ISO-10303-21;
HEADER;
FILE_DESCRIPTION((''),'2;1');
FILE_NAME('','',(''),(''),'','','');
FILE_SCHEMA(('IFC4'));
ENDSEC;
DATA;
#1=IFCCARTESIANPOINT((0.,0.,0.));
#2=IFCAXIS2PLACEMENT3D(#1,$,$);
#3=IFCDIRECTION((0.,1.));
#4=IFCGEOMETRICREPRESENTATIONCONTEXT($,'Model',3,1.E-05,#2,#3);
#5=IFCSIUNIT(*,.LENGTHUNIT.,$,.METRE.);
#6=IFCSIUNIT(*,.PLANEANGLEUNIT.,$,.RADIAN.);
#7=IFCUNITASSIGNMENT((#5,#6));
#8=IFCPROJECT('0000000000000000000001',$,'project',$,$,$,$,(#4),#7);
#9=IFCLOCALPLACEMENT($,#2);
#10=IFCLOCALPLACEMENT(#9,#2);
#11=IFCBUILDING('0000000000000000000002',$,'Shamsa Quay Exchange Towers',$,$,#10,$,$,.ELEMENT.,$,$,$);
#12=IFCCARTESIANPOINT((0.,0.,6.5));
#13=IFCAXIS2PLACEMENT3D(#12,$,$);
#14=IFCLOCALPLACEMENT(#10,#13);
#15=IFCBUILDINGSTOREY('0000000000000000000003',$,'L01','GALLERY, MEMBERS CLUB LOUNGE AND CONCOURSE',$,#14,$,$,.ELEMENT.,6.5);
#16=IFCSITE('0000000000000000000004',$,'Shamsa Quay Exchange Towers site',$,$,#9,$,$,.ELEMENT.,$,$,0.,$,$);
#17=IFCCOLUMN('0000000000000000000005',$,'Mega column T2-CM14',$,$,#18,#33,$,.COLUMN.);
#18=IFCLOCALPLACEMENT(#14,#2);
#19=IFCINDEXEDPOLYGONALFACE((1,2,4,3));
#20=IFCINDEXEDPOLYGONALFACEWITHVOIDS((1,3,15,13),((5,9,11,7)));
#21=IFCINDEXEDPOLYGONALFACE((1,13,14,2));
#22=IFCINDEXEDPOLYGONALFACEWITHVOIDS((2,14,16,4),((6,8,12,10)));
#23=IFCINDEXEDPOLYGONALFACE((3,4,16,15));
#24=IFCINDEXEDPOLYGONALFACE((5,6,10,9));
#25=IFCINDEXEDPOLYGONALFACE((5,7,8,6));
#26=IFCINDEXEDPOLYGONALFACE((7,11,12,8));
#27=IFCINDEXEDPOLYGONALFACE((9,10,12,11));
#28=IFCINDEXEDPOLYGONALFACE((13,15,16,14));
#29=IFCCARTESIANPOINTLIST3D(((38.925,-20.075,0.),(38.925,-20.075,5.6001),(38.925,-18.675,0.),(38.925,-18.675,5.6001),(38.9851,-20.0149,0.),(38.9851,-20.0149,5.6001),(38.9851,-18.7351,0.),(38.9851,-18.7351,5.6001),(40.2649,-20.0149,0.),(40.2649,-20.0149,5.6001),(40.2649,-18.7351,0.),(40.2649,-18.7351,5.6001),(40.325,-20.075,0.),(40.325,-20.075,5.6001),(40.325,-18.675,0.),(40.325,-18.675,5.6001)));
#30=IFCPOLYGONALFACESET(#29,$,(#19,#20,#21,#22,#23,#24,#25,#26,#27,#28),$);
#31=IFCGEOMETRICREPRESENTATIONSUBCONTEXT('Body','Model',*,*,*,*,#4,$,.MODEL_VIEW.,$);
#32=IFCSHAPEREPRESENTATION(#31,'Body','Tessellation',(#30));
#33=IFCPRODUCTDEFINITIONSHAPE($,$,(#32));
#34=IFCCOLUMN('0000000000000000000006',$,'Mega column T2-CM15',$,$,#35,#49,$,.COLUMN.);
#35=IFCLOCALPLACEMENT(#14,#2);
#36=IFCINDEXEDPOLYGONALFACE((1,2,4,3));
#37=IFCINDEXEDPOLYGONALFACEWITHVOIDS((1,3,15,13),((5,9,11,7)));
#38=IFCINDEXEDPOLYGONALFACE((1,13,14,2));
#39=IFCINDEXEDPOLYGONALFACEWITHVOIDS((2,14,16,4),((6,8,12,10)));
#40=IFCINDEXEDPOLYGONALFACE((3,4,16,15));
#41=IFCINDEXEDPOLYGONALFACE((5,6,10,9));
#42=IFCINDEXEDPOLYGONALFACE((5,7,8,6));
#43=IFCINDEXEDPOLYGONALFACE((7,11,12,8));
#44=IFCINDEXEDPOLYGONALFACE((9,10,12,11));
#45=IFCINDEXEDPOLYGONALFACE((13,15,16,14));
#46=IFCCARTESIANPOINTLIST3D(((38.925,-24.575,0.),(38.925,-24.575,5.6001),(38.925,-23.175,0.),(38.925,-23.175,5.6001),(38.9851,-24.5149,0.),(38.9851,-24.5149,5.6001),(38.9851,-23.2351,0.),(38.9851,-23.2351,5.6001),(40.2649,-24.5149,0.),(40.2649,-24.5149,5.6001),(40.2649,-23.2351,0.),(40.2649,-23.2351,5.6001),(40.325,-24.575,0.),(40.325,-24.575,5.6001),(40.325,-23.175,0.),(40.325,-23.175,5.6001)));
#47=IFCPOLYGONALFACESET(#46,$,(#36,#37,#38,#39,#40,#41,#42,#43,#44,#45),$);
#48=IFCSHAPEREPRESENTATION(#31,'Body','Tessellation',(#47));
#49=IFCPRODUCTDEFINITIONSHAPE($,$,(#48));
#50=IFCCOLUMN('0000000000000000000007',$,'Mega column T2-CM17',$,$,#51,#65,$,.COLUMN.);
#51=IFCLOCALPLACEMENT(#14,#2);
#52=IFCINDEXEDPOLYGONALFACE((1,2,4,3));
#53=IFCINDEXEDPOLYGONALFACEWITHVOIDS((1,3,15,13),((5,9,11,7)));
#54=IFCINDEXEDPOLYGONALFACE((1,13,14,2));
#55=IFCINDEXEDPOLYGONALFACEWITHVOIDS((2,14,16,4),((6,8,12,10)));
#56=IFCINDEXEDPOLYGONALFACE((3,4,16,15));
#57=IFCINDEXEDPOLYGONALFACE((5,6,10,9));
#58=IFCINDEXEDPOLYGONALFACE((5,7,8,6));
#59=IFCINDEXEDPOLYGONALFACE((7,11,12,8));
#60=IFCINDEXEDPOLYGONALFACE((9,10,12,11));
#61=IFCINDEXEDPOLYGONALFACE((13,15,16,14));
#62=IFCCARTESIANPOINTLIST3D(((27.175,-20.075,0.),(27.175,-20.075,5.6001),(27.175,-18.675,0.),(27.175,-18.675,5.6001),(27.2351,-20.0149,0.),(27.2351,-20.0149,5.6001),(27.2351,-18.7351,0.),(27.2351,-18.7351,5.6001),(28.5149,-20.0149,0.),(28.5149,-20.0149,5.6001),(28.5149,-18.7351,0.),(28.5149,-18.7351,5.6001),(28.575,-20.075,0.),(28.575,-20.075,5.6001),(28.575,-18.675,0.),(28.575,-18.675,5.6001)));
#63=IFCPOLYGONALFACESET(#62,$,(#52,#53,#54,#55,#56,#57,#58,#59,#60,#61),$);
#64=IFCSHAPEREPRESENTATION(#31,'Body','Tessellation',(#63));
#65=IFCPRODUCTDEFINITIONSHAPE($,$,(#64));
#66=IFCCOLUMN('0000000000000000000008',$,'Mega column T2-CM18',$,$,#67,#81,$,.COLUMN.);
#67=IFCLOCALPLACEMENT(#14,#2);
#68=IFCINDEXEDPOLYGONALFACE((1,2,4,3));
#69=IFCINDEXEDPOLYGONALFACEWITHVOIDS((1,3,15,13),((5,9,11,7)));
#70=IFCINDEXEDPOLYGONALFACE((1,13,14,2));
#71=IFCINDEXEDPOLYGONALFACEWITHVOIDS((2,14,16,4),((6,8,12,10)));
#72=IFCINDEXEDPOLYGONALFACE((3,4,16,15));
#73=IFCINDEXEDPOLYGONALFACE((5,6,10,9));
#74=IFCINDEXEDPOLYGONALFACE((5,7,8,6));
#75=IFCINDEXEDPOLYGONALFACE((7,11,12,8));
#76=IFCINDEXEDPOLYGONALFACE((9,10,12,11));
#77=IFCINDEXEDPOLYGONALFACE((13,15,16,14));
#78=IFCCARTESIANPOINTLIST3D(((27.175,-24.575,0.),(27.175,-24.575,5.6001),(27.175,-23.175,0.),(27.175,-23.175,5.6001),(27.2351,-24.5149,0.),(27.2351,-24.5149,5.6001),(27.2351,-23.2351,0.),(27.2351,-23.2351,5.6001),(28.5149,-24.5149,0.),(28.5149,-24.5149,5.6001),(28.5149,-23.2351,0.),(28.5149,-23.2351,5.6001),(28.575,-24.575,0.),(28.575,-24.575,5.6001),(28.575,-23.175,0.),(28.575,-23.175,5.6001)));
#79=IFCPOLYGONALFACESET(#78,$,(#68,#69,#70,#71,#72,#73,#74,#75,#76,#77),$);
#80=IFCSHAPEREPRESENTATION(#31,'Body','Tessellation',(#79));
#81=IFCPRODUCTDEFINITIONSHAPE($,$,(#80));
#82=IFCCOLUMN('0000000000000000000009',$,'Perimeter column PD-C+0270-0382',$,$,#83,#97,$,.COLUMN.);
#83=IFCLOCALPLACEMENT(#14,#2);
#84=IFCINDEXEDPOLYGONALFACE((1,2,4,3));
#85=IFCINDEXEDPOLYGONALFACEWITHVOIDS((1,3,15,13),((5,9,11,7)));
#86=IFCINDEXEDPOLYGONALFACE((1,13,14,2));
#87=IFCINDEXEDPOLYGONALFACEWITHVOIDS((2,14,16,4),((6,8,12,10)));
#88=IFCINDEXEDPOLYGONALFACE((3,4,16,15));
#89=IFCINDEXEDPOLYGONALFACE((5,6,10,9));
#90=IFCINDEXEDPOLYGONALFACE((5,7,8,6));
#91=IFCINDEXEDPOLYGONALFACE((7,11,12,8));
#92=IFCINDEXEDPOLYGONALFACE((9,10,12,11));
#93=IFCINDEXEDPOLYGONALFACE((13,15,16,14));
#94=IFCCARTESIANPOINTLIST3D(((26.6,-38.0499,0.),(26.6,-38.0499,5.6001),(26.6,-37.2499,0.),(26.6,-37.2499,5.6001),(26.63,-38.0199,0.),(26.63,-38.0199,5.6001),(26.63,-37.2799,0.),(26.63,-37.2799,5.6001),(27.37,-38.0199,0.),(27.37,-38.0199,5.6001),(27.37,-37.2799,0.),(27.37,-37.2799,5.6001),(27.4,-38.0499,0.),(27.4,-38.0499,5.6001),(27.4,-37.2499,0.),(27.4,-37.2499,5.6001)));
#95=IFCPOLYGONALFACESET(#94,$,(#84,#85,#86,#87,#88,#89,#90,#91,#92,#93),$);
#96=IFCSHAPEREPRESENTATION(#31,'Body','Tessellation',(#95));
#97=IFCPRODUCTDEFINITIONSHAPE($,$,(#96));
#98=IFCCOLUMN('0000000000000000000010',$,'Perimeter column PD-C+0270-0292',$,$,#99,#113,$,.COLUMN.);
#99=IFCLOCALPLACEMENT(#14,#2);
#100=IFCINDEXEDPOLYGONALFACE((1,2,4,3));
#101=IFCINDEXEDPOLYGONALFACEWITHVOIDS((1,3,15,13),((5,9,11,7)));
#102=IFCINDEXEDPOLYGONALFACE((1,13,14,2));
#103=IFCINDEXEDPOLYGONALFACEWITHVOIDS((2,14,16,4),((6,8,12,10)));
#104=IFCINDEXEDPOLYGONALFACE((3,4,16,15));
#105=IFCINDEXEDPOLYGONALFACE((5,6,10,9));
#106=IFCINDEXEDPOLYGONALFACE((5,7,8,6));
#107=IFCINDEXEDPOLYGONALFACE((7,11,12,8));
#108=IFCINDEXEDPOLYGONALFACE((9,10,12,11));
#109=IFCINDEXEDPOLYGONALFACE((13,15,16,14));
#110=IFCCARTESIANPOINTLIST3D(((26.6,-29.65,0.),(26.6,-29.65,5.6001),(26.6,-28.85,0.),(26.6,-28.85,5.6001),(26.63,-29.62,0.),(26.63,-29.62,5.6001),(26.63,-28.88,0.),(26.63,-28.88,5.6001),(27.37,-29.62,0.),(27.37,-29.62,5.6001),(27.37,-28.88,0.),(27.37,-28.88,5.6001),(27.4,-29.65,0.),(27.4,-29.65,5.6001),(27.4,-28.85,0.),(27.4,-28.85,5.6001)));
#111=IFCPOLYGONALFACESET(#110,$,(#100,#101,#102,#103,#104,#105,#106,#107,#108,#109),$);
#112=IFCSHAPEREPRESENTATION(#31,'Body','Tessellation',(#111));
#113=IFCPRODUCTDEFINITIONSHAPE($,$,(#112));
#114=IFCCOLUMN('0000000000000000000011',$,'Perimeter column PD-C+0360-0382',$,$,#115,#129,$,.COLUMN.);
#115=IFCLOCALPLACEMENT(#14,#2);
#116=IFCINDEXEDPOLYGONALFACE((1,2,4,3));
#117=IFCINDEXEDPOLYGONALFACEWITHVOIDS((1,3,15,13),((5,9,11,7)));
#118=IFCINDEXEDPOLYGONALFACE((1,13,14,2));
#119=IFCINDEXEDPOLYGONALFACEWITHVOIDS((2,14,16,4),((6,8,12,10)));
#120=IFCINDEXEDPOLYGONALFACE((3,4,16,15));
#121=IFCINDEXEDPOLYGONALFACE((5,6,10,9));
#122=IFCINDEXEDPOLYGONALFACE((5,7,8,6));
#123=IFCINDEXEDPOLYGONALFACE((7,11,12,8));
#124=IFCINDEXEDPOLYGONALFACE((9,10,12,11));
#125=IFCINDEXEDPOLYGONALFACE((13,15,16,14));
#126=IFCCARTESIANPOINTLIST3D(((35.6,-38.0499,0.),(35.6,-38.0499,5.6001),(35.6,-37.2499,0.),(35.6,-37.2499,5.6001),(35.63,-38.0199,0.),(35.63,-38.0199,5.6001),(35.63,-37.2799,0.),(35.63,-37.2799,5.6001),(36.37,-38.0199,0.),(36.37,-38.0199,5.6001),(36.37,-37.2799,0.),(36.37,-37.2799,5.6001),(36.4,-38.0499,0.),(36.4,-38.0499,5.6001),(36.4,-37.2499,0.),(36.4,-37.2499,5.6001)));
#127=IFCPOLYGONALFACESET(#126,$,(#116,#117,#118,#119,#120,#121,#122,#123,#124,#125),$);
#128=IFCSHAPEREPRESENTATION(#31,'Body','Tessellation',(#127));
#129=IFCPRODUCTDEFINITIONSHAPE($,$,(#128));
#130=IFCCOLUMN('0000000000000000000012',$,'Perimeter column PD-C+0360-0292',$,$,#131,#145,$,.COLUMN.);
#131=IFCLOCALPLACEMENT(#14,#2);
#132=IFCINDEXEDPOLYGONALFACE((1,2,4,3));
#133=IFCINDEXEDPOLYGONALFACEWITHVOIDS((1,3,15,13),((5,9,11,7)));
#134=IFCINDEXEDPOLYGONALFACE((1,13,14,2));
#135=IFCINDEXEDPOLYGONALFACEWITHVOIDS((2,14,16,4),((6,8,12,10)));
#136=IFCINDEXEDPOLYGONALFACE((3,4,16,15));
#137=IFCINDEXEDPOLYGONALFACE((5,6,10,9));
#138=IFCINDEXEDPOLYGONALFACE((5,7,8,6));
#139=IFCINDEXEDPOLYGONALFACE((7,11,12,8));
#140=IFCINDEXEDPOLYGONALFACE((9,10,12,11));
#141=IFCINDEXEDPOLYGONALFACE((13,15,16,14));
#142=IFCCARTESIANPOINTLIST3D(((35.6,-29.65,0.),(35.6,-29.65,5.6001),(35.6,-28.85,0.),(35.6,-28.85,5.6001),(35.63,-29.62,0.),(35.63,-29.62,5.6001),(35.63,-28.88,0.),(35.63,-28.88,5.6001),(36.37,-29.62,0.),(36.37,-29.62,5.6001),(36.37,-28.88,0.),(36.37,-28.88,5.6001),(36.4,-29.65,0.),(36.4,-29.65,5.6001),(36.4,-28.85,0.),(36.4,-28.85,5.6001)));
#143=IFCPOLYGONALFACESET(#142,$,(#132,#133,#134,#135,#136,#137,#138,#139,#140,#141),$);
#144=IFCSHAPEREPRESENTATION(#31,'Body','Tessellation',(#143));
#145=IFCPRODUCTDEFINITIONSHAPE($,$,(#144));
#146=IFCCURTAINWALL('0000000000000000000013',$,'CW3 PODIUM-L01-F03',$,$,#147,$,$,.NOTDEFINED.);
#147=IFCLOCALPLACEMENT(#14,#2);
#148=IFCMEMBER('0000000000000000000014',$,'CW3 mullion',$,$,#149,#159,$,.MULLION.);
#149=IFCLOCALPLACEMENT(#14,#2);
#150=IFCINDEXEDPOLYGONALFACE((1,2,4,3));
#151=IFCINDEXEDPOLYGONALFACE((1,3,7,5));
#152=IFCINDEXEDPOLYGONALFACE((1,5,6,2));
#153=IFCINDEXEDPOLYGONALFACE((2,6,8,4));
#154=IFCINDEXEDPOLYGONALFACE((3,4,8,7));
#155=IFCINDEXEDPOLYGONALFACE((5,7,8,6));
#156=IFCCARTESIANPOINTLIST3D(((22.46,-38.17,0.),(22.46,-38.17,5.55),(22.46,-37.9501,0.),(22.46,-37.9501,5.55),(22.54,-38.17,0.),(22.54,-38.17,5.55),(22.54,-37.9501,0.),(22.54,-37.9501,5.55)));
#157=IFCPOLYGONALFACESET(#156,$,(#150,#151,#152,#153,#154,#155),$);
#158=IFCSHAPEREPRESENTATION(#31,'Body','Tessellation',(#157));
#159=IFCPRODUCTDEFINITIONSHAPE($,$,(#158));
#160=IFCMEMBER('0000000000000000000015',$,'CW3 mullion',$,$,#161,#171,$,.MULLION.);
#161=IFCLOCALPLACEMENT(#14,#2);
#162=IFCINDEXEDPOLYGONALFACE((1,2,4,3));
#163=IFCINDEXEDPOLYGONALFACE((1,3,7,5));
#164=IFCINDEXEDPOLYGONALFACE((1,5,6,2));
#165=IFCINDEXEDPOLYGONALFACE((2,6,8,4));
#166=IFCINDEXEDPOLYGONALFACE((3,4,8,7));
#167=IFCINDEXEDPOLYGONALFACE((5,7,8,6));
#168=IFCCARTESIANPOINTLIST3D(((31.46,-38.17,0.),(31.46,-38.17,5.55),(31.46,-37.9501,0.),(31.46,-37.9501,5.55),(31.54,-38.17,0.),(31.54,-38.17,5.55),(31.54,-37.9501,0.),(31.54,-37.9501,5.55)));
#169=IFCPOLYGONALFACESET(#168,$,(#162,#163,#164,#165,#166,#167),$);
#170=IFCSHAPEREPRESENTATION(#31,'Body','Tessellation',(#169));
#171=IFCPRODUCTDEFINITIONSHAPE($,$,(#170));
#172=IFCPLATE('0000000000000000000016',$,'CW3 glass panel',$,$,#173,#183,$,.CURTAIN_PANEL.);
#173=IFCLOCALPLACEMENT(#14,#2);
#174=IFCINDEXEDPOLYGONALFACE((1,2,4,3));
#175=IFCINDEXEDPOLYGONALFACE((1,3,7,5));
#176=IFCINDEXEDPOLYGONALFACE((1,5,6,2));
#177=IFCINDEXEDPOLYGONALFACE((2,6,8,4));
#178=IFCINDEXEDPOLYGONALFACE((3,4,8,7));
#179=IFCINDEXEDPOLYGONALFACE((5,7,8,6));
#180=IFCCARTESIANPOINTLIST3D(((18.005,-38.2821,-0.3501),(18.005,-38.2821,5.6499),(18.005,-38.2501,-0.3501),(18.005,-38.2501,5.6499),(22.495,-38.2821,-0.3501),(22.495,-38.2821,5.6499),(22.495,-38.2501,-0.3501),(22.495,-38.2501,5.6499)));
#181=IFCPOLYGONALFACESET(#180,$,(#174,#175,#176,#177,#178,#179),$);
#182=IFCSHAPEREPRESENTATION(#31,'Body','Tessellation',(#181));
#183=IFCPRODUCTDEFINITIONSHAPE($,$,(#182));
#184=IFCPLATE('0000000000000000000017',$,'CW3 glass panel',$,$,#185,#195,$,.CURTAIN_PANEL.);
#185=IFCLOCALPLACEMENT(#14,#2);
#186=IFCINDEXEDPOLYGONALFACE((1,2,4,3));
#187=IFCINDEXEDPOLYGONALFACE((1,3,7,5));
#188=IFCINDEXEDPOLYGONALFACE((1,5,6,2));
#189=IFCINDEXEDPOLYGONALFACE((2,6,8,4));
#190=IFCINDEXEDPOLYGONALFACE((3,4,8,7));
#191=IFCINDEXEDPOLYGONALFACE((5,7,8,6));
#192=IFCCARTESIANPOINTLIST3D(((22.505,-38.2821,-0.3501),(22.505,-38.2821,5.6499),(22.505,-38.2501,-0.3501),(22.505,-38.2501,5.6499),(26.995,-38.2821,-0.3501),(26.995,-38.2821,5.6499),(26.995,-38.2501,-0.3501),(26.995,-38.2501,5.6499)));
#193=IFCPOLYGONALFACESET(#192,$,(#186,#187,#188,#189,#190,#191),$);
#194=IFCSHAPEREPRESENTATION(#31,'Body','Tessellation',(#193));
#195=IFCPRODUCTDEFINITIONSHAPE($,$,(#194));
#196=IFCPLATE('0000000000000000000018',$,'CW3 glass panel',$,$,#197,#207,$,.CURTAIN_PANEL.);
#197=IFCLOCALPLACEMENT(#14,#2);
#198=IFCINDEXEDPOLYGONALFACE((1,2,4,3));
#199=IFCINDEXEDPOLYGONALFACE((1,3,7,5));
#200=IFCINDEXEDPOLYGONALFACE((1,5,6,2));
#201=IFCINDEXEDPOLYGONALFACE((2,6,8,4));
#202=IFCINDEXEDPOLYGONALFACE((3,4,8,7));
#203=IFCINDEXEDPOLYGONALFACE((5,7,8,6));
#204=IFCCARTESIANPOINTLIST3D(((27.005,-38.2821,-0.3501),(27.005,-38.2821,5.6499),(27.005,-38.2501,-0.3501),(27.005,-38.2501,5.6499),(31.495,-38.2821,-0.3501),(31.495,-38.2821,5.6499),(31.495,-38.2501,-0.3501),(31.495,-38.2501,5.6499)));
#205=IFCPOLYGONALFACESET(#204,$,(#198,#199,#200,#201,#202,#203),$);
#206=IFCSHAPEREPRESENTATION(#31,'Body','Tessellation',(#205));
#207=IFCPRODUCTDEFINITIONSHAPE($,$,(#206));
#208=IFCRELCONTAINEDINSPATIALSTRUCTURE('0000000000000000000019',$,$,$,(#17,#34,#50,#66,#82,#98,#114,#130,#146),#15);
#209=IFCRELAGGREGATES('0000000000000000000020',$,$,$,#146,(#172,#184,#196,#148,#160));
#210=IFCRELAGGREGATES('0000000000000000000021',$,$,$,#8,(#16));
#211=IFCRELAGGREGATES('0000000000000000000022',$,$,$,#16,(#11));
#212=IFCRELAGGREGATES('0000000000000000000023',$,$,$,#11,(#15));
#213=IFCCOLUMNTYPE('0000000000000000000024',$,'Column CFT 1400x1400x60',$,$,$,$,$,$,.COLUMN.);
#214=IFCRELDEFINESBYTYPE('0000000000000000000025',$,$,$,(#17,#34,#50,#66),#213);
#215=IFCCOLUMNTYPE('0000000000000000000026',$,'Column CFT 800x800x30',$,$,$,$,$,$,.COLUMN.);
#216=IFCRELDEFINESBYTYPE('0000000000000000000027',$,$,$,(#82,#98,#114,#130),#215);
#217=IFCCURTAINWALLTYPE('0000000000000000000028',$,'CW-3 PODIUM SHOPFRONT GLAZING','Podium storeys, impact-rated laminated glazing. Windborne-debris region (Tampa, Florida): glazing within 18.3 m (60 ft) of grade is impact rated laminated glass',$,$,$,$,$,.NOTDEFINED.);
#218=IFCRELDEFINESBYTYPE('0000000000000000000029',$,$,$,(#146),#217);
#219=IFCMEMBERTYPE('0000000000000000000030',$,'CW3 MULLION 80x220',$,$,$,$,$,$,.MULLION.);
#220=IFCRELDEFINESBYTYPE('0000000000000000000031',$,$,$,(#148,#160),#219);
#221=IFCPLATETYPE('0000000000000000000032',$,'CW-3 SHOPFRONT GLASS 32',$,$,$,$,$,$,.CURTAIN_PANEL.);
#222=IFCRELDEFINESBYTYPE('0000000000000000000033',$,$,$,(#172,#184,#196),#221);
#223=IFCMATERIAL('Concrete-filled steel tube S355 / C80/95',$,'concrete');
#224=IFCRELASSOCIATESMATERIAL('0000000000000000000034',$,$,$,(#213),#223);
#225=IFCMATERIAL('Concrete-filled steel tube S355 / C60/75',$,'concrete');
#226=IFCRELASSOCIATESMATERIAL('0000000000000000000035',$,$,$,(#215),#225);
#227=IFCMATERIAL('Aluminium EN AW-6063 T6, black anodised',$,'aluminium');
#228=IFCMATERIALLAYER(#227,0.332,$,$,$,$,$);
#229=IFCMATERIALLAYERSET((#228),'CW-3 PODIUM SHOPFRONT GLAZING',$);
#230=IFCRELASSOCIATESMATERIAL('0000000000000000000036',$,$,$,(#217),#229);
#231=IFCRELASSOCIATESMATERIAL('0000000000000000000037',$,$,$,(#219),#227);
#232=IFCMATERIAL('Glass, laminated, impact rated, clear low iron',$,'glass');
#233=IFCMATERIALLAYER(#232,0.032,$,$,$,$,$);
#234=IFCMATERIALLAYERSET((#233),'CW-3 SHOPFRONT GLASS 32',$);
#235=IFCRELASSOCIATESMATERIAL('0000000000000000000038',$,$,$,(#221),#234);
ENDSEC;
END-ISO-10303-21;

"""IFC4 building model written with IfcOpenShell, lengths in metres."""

from ifc_helpers import new_model, si_unit, direction, frame, origin, origin_2d, place, context, subcontext, project, spatial, rectangle, hollow_rectangle, extrude, material, layer, layer_set, material_profile, profile_set, type_object, element, aggregate, save


model = new_model("IFC4")

# Units and contexts
model_context = context("Model", 3, precision=1e-05, world=origin(), true_north=direction((0.0, 1.0)))
body_context = subcontext(model_context, "Body", "Model", "MODEL_VIEW")
ifc_project = project(units=[si_unit("LENGTHUNIT", "METRE"), si_unit("PLANEANGLEUNIT", "RADIAN")], contexts=[model_context])

# Site, building, storey
site_placement = place(None, origin())
site = spatial("IfcSite", under=ifc_project, at=site_placement, Name="Shamsa Quay Exchange Towers site", CompositionType="ELEMENT", RefElevation=0.0)
building_placement = place(site_placement, origin())
building = spatial("IfcBuilding", under=site, at=building_placement, Name="Shamsa Quay Exchange Towers", CompositionType="ELEMENT")
storey_placement = place(building_placement, frame((0.0, 0.0, 6.5)))
storey = spatial("IfcBuildingStorey", under=building, at=storey_placement, Name="L01", Description="GALLERY, MEMBERS CLUB LOUNGE AND CONCOURSE", CompositionType="ELEMENT", Elevation=6.5)

# Columns
ifc_material_1 = material(Name="Concrete-filled steel tube S355 / C80/95", Category="concrete")
ifc_material_profile_1 = material_profile(ifc_material_1, hollow_rectangle(XDim=1.3999, YDim=1.3999, WallThickness=0.0601, at=origin_2d()), Name="CFT 1400x1400x60")
ifc_profile_set_1 = profile_set([ifc_material_profile_1], Name="Concrete-filled steel tube S355 / C80/95")
column_type_1 = type_object("IfcColumnType", Name="Column CFT 1400x1400x60", PredefinedType="COLUMN", material=ifc_profile_set_1)
for number, where, name in (
    (1, (39.625, -19.375, 0.0), "Mega column T2-CM14"),
    (2, (39.625, -23.875, 0.0), "Mega column T2-CM15"),
    (3, (27.875, -19.375, 0.0), "Mega column T2-CM17"),
    (4, (27.875, -23.875, 0.0), "Mega column T2-CM18"),
):
    element("IfcColumn", number, at=place(storey_placement, frame(where)), inside=storey, type_object=column_type_1, Name=name, PredefinedType="COLUMN", context=body_context, shape_type="SweptSolid", body=[
        extrude(hollow_rectangle(XDim=1.3999, YDim=1.3999, WallThickness=0.0601, at=origin_2d()), origin(), (0.0, 0.0, 1.0), 5.6001),
    ])
ifc_material_2 = material(Name="Concrete-filled steel tube S355 / C60/75", Category="concrete")
ifc_material_profile_2 = material_profile(ifc_material_2, hollow_rectangle(XDim=0.8, YDim=0.8, WallThickness=0.03, at=origin_2d()), Name="CFT 800x800x30")
ifc_profile_set_2 = profile_set([ifc_material_profile_2], Name="Concrete-filled steel tube S355 / C60/75")
column_type_2 = type_object("IfcColumnType", Name="Column CFT 800x800x30", PredefinedType="COLUMN", material=ifc_profile_set_2)
for number, where, name in (
    (5, (27.0, -37.6499, 0.0), "Perimeter column PD-C+0270-0382"),
    (6, (27.0, -29.25, 0.0), "Perimeter column PD-C+0270-0292"),
    (7, (36.0, -37.6499, 0.0), "Perimeter column PD-C+0360-0382"),
    (8, (36.0, -29.25, 0.0), "Perimeter column PD-C+0360-0292"),
):
    element("IfcColumn", number, at=place(storey_placement, frame(where)), inside=storey, type_object=column_type_2, Name=name, PredefinedType="COLUMN", context=body_context, shape_type="SweptSolid", body=[
        extrude(hollow_rectangle(XDim=0.8, YDim=0.8, WallThickness=0.03, at=origin_2d()), origin(), (0.0, 0.0, 1.0), 5.6001),
    ])

# Curtain wall, members, plates
ifc_material_3 = material(Name="Aluminium EN AW-6063 T6, black anodised", Category="aluminium")
ifc_layer_1 = layer(ifc_material_3, 0.332)
ifc_layer_set_1 = layer_set([ifc_layer_1], Name="CW-3 PODIUM SHOPFRONT GLAZING")
curtain_wall_type = type_object("IfcCurtainWallType", Name="CW-3 PODIUM SHOPFRONT GLAZING", Description="Podium storeys, impact-rated laminated glazing. Windborne-debris region (Tampa, Florida): glazing within 18.3 m (60 ft) of grade is impact rated laminated glass", PredefinedType="NOTDEFINED", material=ifc_layer_set_1)
curtain_wall_placement = place(storey_placement, origin())
curtain_wall = element("IfcCurtainWall", 9, at=curtain_wall_placement, inside=storey, type_object=curtain_wall_type, Name="CW3 PODIUM-L01-F03", PredefinedType="NOTDEFINED")
ifc_material_profile_3 = material_profile(ifc_material_3, rectangle(XDim=0.22, YDim=0.0801, at=origin_2d()), Name="MU80x220")
ifc_profile_set_3 = profile_set([ifc_material_profile_3], Name="Aluminium EN AW-6063 T6, black anodised")
member_type = type_object("IfcMemberType", Name="CW3 MULLION 80x220", PredefinedType="MULLION", material=ifc_profile_set_3)
member_1_placement = place(storey_placement, frame((22.5, -38.0601, 0.0), z_axis=(0.0, 0.0, 1.0), x_axis=(0.0, 1.0, 0.0)))
member_1 = element("IfcMember", 10, at=member_1_placement, type_object=member_type, Name="CW3 mullion", PredefinedType="MULLION", context=body_context, shape_type="SweptSolid", body=[
    extrude(rectangle(XDim=0.22, YDim=0.0801, at=origin_2d()), origin(), (0.0, 0.0, 1.0), 5.55),
])
member_2_placement = place(storey_placement, frame((31.5, -38.0601, 0.0), z_axis=(0.0, 0.0, 1.0), x_axis=(0.0, 1.0, 0.0)))
member_2 = element("IfcMember", 11, at=member_2_placement, type_object=member_type, Name="CW3 mullion", PredefinedType="MULLION", context=body_context, shape_type="SweptSolid", body=[
    extrude(rectangle(XDim=0.22, YDim=0.0801, at=origin_2d()), origin(), (0.0, 0.0, 1.0), 5.55),
])
ifc_material_4 = material(Name="Glass, laminated, impact rated, clear low iron", Category="glass")
ifc_layer_2 = layer(ifc_material_4, 0.032)
ifc_layer_set_2 = layer_set([ifc_layer_2], Name="CW-3 SHOPFRONT GLASS 32")
plate_type = type_object("IfcPlateType", Name="CW-3 SHOPFRONT GLASS 32", PredefinedType="CURTAIN_PANEL", material=ifc_layer_set_2)
plate_1_placement = place(storey_placement, frame((20.25, -38.2661, -0.3501)))
plate_1 = element("IfcPlate", 12, at=plate_1_placement, type_object=plate_type, Name="CW3 glass panel", PredefinedType="CURTAIN_PANEL", context=body_context, shape_type="SweptSolid", body=[
    extrude(rectangle(XDim=4.49, YDim=0.032, at=origin_2d()), origin(), (0.0, 0.0, 1.0), 6.0),
])
plate_2_placement = place(storey_placement, frame((24.75, -38.2661, -0.3501)))
plate_2 = element("IfcPlate", 13, at=plate_2_placement, type_object=plate_type, Name="CW3 glass panel", PredefinedType="CURTAIN_PANEL", context=body_context, shape_type="SweptSolid", body=[
    extrude(rectangle(XDim=4.49, YDim=0.032, at=origin_2d()), origin(), (0.0, 0.0, 1.0), 6.0),
])
plate_3_placement = place(storey_placement, frame((29.25, -38.2661, -0.3501)))
plate_3 = element("IfcPlate", 14, at=plate_3_placement, type_object=plate_type, Name="CW3 glass panel", PredefinedType="CURTAIN_PANEL", context=body_context, shape_type="SweptSolid", body=[
    extrude(rectangle(XDim=4.49, YDim=0.032, at=origin_2d()), origin(), (0.0, 0.0, 1.0), 6.0),
])
aggregate(curtain_wall, [plate_1, plate_2, plate_3, member_1, member_2])

save(model, "model.ifc")
